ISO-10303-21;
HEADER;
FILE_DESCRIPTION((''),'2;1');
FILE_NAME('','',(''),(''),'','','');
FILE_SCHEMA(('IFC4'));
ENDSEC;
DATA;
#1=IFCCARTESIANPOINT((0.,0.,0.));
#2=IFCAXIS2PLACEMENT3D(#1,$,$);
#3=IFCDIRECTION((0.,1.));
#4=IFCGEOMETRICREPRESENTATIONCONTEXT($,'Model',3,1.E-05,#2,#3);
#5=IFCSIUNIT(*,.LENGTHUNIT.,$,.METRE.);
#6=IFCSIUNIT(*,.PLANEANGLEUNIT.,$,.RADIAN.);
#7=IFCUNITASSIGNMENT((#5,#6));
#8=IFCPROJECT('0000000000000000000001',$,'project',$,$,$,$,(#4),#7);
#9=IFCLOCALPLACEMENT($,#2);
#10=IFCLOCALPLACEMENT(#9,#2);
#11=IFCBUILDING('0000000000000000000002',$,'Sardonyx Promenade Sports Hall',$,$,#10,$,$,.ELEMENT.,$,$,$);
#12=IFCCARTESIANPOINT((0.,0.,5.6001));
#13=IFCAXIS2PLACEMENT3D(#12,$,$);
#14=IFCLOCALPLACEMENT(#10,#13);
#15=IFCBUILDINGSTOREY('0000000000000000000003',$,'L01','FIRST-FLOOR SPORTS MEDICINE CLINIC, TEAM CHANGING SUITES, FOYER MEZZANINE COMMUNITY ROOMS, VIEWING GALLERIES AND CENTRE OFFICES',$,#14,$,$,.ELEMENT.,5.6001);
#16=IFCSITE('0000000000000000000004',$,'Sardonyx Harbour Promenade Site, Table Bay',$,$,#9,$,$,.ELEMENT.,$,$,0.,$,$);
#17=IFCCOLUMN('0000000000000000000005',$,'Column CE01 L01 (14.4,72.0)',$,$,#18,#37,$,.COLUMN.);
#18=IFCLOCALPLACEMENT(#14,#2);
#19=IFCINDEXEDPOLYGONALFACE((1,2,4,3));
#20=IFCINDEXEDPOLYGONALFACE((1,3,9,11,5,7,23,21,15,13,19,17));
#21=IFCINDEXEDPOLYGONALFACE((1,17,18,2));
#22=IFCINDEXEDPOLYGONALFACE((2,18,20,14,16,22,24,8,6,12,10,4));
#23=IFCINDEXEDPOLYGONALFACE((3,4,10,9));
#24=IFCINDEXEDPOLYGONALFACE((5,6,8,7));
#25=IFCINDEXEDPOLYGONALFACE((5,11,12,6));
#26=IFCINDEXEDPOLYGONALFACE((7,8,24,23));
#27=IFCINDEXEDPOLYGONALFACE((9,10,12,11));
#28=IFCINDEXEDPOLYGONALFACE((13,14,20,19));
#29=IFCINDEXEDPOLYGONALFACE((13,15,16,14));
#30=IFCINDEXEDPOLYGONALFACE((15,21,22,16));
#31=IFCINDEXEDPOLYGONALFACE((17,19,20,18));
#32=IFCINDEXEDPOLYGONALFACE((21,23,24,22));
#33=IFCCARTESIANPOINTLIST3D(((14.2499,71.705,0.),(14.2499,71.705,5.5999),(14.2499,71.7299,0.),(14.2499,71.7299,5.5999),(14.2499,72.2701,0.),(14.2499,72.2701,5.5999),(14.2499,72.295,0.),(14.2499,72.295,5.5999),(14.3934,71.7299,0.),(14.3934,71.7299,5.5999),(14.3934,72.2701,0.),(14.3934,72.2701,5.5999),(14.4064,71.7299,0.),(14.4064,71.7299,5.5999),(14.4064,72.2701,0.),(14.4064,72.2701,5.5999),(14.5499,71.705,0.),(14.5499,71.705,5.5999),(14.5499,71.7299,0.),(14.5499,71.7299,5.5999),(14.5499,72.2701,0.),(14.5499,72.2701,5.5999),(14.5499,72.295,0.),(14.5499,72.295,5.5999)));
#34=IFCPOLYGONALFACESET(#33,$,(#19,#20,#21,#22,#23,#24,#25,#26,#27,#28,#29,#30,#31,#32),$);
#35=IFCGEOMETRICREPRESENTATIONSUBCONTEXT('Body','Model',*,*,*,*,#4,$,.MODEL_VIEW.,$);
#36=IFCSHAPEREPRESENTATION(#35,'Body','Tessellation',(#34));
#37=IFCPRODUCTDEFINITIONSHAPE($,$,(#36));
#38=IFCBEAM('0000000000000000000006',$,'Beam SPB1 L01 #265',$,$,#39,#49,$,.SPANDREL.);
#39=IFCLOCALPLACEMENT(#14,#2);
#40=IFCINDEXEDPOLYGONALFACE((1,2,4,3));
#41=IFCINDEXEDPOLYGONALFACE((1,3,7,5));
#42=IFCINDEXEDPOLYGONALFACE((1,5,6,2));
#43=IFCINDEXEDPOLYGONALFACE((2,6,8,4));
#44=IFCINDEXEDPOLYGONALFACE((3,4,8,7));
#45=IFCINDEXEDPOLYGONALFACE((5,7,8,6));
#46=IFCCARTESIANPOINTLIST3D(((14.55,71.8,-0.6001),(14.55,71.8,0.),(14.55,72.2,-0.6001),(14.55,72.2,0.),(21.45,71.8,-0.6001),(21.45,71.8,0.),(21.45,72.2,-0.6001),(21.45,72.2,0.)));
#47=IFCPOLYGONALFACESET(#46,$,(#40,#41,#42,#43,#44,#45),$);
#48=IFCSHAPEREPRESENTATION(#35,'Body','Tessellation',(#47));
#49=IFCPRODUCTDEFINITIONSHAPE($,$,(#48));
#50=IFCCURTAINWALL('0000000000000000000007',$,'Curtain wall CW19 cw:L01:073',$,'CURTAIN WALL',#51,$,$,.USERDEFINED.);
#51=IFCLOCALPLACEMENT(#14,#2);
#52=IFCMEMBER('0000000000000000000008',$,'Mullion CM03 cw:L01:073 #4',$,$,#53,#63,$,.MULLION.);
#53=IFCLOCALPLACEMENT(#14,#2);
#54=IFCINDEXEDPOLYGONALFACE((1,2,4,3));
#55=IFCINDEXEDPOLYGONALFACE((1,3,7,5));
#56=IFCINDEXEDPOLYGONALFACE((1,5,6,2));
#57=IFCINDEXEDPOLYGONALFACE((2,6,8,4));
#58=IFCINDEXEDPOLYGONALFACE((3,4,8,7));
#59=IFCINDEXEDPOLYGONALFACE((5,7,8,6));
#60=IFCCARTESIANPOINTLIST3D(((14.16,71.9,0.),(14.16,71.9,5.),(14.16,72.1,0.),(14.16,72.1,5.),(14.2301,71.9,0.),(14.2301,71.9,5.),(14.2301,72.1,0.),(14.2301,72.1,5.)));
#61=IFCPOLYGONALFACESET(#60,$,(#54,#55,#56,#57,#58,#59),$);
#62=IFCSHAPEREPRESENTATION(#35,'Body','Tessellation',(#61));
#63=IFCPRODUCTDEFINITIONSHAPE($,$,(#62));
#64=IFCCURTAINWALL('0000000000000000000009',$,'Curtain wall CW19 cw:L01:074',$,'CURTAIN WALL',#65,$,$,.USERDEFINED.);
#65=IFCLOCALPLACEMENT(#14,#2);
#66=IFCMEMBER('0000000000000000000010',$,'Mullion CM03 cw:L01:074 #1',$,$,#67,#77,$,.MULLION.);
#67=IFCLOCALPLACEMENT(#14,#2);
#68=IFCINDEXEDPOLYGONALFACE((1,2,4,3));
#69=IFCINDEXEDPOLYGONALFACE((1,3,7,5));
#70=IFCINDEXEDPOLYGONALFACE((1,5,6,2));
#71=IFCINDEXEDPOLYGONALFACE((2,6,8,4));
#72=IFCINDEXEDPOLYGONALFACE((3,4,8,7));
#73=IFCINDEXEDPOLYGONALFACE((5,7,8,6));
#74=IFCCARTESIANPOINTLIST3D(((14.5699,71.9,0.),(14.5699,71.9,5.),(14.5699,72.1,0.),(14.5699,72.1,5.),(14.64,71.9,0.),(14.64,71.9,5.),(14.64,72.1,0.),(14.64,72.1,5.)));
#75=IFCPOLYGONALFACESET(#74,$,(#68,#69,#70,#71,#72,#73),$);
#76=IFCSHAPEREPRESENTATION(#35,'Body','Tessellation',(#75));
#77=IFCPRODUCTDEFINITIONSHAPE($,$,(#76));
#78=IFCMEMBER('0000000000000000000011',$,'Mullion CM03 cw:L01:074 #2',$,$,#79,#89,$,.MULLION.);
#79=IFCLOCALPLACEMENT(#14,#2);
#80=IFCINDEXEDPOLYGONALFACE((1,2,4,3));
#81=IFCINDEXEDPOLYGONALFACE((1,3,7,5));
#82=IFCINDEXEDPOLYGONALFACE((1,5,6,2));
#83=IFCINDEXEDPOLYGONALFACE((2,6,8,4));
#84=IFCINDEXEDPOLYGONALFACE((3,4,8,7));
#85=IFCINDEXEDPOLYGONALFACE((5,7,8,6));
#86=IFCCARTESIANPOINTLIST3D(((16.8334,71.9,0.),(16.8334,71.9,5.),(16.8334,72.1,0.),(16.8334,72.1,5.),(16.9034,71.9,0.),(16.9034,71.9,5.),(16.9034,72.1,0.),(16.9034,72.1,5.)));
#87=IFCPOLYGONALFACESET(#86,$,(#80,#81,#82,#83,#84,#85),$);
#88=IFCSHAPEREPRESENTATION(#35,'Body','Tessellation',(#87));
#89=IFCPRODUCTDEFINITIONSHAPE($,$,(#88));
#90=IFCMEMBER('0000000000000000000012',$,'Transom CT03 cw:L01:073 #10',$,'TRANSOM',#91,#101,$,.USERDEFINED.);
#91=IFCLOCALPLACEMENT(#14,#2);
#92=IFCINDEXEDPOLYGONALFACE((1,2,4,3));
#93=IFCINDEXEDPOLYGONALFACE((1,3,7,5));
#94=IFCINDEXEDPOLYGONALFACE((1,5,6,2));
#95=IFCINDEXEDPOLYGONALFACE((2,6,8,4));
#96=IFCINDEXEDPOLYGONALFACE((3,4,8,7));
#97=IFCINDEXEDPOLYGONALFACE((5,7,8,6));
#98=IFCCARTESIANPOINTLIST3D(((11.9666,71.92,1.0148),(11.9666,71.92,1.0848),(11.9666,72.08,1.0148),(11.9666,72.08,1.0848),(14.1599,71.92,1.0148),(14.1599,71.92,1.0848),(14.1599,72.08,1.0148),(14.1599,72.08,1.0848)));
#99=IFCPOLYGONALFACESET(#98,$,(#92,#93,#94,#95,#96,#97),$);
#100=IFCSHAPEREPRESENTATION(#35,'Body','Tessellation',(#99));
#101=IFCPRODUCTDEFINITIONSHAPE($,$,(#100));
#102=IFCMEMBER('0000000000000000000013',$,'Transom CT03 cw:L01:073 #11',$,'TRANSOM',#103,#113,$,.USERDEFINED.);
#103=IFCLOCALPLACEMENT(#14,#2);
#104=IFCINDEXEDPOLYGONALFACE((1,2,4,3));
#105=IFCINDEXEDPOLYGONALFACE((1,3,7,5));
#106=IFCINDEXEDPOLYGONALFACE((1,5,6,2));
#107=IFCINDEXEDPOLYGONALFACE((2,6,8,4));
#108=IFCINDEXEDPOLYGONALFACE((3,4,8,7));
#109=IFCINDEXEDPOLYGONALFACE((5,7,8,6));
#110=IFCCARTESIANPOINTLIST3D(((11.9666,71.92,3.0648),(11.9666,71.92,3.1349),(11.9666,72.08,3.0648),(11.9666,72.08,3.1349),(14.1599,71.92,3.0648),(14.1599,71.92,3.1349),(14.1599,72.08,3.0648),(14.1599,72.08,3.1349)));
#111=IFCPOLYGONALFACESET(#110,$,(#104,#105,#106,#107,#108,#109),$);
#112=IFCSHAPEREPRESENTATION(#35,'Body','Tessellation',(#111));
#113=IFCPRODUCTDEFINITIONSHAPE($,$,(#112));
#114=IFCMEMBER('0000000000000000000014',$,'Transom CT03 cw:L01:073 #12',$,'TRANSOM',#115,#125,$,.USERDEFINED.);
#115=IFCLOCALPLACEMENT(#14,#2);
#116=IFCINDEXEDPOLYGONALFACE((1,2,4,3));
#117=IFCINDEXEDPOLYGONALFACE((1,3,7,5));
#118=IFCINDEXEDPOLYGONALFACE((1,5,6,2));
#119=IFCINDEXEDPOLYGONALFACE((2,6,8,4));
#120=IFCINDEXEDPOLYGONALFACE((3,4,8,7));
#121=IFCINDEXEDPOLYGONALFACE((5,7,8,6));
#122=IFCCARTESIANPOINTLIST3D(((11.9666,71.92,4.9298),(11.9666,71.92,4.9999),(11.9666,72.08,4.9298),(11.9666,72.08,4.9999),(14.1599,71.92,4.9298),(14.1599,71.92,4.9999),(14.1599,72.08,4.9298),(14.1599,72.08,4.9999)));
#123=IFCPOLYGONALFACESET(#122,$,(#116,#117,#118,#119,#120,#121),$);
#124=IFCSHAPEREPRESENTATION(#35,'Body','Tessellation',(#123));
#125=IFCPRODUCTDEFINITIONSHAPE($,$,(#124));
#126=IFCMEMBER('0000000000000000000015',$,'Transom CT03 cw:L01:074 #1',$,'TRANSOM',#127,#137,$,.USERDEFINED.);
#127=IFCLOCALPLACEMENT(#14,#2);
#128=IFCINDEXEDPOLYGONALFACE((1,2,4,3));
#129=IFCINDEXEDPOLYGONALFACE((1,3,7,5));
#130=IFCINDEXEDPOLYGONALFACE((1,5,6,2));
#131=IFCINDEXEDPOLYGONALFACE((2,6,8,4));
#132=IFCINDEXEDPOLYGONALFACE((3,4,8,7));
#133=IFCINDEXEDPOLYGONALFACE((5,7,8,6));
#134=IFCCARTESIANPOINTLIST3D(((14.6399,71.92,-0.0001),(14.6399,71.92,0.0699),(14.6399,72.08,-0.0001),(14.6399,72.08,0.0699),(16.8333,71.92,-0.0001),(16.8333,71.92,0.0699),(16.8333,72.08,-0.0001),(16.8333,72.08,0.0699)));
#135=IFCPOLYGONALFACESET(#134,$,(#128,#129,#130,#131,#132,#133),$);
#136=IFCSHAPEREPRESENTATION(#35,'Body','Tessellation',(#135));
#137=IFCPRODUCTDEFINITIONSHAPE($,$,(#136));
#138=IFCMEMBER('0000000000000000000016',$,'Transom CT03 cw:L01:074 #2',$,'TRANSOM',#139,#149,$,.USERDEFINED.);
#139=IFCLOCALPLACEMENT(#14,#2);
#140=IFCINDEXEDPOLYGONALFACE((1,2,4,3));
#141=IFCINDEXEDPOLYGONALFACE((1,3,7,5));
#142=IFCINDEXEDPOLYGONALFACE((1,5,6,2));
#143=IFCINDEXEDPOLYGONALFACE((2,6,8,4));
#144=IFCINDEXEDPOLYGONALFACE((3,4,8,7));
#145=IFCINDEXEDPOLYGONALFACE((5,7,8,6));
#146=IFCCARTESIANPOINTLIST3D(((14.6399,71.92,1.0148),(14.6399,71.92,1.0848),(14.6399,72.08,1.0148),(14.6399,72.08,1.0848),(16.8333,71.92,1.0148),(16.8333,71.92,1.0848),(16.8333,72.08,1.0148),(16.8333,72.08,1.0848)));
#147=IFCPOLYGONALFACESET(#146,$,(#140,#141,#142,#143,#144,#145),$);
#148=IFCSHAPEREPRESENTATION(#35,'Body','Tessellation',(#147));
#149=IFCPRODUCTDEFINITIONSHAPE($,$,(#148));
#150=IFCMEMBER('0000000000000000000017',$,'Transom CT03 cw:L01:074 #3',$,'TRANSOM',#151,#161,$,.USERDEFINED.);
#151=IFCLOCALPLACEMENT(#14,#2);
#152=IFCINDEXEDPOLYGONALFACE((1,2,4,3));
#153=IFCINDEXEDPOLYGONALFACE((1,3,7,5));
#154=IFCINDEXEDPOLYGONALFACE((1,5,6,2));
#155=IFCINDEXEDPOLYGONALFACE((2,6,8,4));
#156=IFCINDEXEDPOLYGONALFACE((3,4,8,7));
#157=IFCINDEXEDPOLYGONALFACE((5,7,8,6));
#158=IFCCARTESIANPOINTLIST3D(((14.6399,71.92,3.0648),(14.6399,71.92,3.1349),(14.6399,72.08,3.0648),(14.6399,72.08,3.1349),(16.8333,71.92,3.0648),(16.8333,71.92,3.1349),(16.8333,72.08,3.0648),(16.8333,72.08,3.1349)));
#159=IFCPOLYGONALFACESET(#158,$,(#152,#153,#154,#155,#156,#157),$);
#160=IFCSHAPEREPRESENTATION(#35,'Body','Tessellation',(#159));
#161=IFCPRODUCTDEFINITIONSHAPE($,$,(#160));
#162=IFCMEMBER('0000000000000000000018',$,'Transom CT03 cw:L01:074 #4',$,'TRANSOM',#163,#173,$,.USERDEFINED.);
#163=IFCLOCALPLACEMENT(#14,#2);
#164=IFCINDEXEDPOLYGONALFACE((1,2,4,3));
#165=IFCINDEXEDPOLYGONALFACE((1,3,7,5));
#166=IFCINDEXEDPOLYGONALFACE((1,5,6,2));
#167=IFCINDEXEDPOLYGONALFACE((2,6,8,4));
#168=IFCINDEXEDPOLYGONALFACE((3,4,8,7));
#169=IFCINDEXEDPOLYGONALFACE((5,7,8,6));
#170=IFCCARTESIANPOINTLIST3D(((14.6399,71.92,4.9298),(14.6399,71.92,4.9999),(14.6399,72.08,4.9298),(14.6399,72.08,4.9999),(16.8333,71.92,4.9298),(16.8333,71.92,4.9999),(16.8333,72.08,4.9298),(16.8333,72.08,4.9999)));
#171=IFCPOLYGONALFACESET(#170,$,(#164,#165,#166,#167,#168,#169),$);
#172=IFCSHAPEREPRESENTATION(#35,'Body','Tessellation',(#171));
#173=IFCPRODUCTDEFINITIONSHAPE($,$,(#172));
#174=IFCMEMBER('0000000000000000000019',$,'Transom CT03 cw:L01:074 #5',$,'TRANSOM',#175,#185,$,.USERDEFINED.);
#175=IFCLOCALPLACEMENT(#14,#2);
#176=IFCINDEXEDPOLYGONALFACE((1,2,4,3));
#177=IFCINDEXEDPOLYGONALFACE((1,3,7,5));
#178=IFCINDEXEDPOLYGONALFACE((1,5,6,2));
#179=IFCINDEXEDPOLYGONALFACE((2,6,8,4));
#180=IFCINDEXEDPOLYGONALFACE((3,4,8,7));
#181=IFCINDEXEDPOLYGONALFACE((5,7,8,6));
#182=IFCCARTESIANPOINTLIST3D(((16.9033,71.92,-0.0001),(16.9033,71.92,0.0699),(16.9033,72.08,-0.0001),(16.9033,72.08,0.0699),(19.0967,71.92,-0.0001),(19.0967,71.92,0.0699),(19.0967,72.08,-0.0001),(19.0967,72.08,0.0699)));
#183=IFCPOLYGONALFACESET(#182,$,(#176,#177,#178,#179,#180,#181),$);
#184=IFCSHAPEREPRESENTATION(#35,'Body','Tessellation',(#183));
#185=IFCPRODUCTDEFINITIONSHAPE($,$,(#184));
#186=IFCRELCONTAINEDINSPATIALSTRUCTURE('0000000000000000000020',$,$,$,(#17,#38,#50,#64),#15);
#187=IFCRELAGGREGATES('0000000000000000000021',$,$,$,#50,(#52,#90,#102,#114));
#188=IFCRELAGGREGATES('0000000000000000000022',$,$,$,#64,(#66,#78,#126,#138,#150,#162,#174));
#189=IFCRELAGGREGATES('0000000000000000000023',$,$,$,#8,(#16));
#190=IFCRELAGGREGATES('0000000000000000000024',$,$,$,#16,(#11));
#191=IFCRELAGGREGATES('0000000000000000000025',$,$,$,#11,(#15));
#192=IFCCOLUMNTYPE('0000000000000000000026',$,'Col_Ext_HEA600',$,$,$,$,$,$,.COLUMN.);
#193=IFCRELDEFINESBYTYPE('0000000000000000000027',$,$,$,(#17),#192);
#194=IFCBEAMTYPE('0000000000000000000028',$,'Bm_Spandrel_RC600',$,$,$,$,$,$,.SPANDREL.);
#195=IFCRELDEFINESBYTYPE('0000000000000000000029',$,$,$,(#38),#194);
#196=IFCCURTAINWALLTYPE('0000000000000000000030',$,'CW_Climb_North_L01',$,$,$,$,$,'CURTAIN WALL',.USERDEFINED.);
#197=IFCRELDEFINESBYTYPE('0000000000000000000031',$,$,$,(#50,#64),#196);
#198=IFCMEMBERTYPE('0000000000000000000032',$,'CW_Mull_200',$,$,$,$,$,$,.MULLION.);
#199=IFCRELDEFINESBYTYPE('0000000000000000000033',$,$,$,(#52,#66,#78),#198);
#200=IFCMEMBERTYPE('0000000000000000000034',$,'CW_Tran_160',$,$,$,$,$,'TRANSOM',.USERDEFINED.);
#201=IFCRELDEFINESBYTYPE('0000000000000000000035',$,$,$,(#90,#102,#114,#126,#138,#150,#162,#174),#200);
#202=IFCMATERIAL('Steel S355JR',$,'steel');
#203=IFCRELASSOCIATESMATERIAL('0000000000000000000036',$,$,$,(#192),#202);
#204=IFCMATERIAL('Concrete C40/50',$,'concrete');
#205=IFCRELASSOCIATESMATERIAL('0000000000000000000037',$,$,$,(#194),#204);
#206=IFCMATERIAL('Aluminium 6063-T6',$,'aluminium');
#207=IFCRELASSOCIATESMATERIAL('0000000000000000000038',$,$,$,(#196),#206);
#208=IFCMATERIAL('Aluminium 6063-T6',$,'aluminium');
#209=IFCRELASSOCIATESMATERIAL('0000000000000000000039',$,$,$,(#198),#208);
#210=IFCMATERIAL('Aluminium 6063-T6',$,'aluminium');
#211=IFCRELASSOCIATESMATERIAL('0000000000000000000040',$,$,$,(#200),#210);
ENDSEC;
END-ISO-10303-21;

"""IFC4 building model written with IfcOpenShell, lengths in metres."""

from ifc_helpers import new_model, si_unit, direction, frame, origin, origin_2d, place, context, subcontext, project, spatial, rectangle, i_section, extrude, material, material_profile, profile_set, type_object, element, aggregate, save


model = new_model("IFC4")

# Units and contexts
model_context = context("Model", 3, precision=1e-05, world=origin(), true_north=direction((0.0, 1.0)))
body_context = subcontext(model_context, "Body", "Model", "MODEL_VIEW")
ifc_project = project(units=[si_unit("LENGTHUNIT", "METRE"), si_unit("PLANEANGLEUNIT", "RADIAN")], contexts=[model_context])

# Site, building, storey
site_placement = place(None, origin())
site = spatial("IfcSite", under=ifc_project, at=site_placement, Name="Sardonyx Harbour Promenade Site, Table Bay", CompositionType="ELEMENT", RefElevation=0.0)
building_placement = place(site_placement, origin())
building = spatial("IfcBuilding", under=site, at=building_placement, Name="Sardonyx Promenade Sports Hall", CompositionType="ELEMENT")
storey_placement = place(building_placement, frame((0.0, 0.0, 5.6001)))
storey = spatial("IfcBuildingStorey", under=building, at=storey_placement, Name="L01", Description="FIRST-FLOOR SPORTS MEDICINE CLINIC, TEAM CHANGING SUITES, FOYER MEZZANINE COMMUNITY ROOMS, VIEWING GALLERIES AND CENTRE OFFICES", CompositionType="ELEMENT", Elevation=5.6001)

# Column
ifc_material_1 = material(Name="Steel S355JR", Category="steel")
ifc_material_profile_1 = material_profile(ifc_material_1, i_section(OverallWidth=0.3, OverallDepth=0.5901, WebThickness=0.0129, FlangeThickness=0.0249, at=origin_2d()))
ifc_profile_set_1 = profile_set([ifc_material_profile_1], Name="Steel S355JR")
column_type = type_object("IfcColumnType", Name="Col_Ext_HEA600", PredefinedType="COLUMN", material=ifc_profile_set_1)
column_placement = place(storey_placement, frame((14.3999, 72.0, 0.0), z_axis=(0.0, 0.0, 1.0), x_axis=(1.0, 0.0, 0.0)))
element("IfcColumn", 1, at=column_placement, inside=storey, type_object=column_type, Name="Column CE01 L01 (14.4,72.0)", PredefinedType="COLUMN", context=body_context, shape_type="SweptSolid", body=[
    extrude(i_section(OverallWidth=0.3, OverallDepth=0.5901, WebThickness=0.0129, FlangeThickness=0.0249, at=origin_2d()), origin(), (0.0, 0.0, 1.0), 5.5999),
])

# Beam
ifc_material_2 = material(Name="Concrete C40/50", Category="concrete")
ifc_material_profile_2 = material_profile(ifc_material_2, rectangle(XDim=0.3999, YDim=0.6001, at=origin_2d()))
ifc_profile_set_2 = profile_set([ifc_material_profile_2], Name="Concrete C40/50")
beam_type = type_object("IfcBeamType", Name="Bm_Spandrel_RC600", PredefinedType="SPANDREL", material=ifc_profile_set_2)
beam_placement = place(storey_placement, frame((14.55, 72.0, -0.3), z_axis=(1.0, 0.0, 0.0), x_axis=(0.0, 1.0, 0.0)))
element("IfcBeam", 2, at=beam_placement, inside=storey, type_object=beam_type, Name="Beam SPB1 L01 #265", PredefinedType="SPANDREL", context=body_context, shape_type="SweptSolid", body=[
    extrude(rectangle(XDim=0.3999, YDim=0.6001, at=origin_2d()), origin(), (0.0, 0.0, 1.0), 6.8999),
])

# Curtain wall, member
ifc_material_3 = material(Name="Aluminium 6063-T6", Category="aluminium")
curtain_wall_type = type_object("IfcCurtainWallType", Name="CW_Climb_North_L01", ElementType="CURTAIN WALL", PredefinedType="USERDEFINED", material=ifc_material_3)
curtain_wall_1_placement = place(storey_placement, origin())
curtain_wall_1 = element("IfcCurtainWall", 3, at=curtain_wall_1_placement, inside=storey, type_object=curtain_wall_type, Name="Curtain wall CW19 cw:L01:073", ObjectType="CURTAIN WALL", PredefinedType="USERDEFINED")
ifc_material_4 = material(Name="Aluminium 6063-T6", Category="aluminium")
ifc_material_profile_3 = material_profile(ifc_material_4, rectangle(XDim=0.0701, YDim=0.2, at=origin_2d()))
ifc_profile_set_3 = profile_set([ifc_material_profile_3], Name="Aluminium 6063-T6")
member_type_1 = type_object("IfcMemberType", Name="CW_Mull_200", PredefinedType="MULLION", material=ifc_profile_set_3)
member_1_placement = place(storey_placement, frame((14.1951, 72.0, 0.0), z_axis=(0.0, 0.0, 1.0), x_axis=(1.0, 0.0, 0.0)))
member_1 = element("IfcMember", 4, at=member_1_placement, type_object=member_type_1, Name="Mullion CM03 cw:L01:073 #4", PredefinedType="MULLION", context=body_context, shape_type="SweptSolid", body=[
    extrude(rectangle(XDim=0.0701, YDim=0.2, at=origin_2d()), origin(), (0.0, 0.0, 1.0), 5.0),
])

# Curtain wall, members
curtain_wall_2_placement = place(storey_placement, origin())
curtain_wall_2 = element("IfcCurtainWall", 5, at=curtain_wall_2_placement, inside=storey, type_object=curtain_wall_type, Name="Curtain wall CW19 cw:L01:074", ObjectType="CURTAIN WALL", PredefinedType="USERDEFINED")
member_2_placement = place(storey_placement, frame((14.605, 72.0, 0.0), z_axis=(0.0, 0.0, 1.0), x_axis=(1.0, 0.0, 0.0)))
member_2 = element("IfcMember", 6, at=member_2_placement, type_object=member_type_1, Name="Mullion CM03 cw:L01:074 #1", PredefinedType="MULLION", context=body_context, shape_type="SweptSolid", body=[
    extrude(rectangle(XDim=0.0701, YDim=0.2, at=origin_2d()), origin(), (0.0, 0.0, 1.0), 5.0),
])
member_3_placement = place(storey_placement, frame((16.8684, 72.0, 0.0), z_axis=(0.0, 0.0, 1.0), x_axis=(1.0, 0.0, 0.0)))
member_3 = element("IfcMember", 7, at=member_3_placement, type_object=member_type_1, Name="Mullion CM03 cw:L01:074 #2", PredefinedType="MULLION", context=body_context, shape_type="SweptSolid", body=[
    extrude(rectangle(XDim=0.0701, YDim=0.2, at=origin_2d()), origin(), (0.0, 0.0, 1.0), 5.0),
])

# Members
ifc_material_5 = material(Name="Aluminium 6063-T6", Category="aluminium")
ifc_material_profile_4 = material_profile(ifc_material_5, rectangle(XDim=0.0701, YDim=0.1599, at=origin_2d()))
ifc_profile_set_4 = profile_set([ifc_material_profile_4], Name="Aluminium 6063-T6")
member_type_2 = type_object("IfcMemberType", Name="CW_Tran_160", ElementType="TRANSOM", PredefinedType="USERDEFINED", material=ifc_profile_set_4)
member_4_placement = place(storey_placement, frame((11.9666, 72.0, 1.0498), z_axis=(1.0, 0.0, 0.0), x_axis=(0.0, 0.0, 1.0)))
member_4 = element("IfcMember", 8, at=member_4_placement, type_object=member_type_2, Name="Transom CT03 cw:L01:073 #10", ObjectType="TRANSOM", PredefinedType="USERDEFINED", context=body_context, shape_type="SweptSolid", body=[
    extrude(rectangle(XDim=0.0701, YDim=0.1599, at=origin_2d()), origin(), (0.0, 0.0, 1.0), 2.1934),
])
member_5_placement = place(storey_placement, frame((11.9666, 72.0, 3.0999), z_axis=(1.0, 0.0, 0.0), x_axis=(0.0, 0.0, 1.0)))
member_5 = element("IfcMember", 9, at=member_5_placement, type_object=member_type_2, Name="Transom CT03 cw:L01:073 #11", ObjectType="TRANSOM", PredefinedType="USERDEFINED", context=body_context, shape_type="SweptSolid", body=[
    extrude(rectangle(XDim=0.0701, YDim=0.1599, at=origin_2d()), origin(), (0.0, 0.0, 1.0), 2.1934),
])
member_6_placement = place(storey_placement, frame((11.9666, 72.0, 4.9648), z_axis=(1.0, 0.0, 0.0), x_axis=(0.0, 0.0, 1.0)))
member_6 = element("IfcMember", 10, at=member_6_placement, type_object=member_type_2, Name="Transom CT03 cw:L01:073 #12", ObjectType="TRANSOM", PredefinedType="USERDEFINED", context=body_context, shape_type="SweptSolid", body=[
    extrude(rectangle(XDim=0.0701, YDim=0.1599, at=origin_2d()), origin(), (0.0, 0.0, 1.0), 2.1934),
])
member_7_placement = place(storey_placement, frame((14.6399, 72.0, 0.0349), z_axis=(1.0, 0.0, 0.0), x_axis=(0.0, 0.0, 1.0)))
member_7 = element("IfcMember", 11, at=member_7_placement, type_object=member_type_2, Name="Transom CT03 cw:L01:074 #1", ObjectType="TRANSOM", PredefinedType="USERDEFINED", context=body_context, shape_type="SweptSolid", body=[
    extrude(rectangle(XDim=0.0701, YDim=0.1599, at=origin_2d()), origin(), (0.0, 0.0, 1.0), 2.1934),
])
member_8_placement = place(storey_placement, frame((14.6399, 72.0, 1.0498), z_axis=(1.0, 0.0, 0.0), x_axis=(0.0, 0.0, 1.0)))
member_8 = element("IfcMember", 12, at=member_8_placement, type_object=member_type_2, Name="Transom CT03 cw:L01:074 #2", ObjectType="TRANSOM", PredefinedType="USERDEFINED", context=body_context, shape_type="SweptSolid", body=[
    extrude(rectangle(XDim=0.0701, YDim=0.1599, at=origin_2d()), origin(), (0.0, 0.0, 1.0), 2.1934),
])
member_9_placement = place(storey_placement, frame((14.6399, 72.0, 3.0999), z_axis=(1.0, 0.0, 0.0), x_axis=(0.0, 0.0, 1.0)))
member_9 = element("IfcMember", 13, at=member_9_placement, type_object=member_type_2, Name="Transom CT03 cw:L01:074 #3", ObjectType="TRANSOM", PredefinedType="USERDEFINED", context=body_context, shape_type="SweptSolid", body=[
    extrude(rectangle(XDim=0.0701, YDim=0.1599, at=origin_2d()), origin(), (0.0, 0.0, 1.0), 2.1934),
])
member_10_placement = place(storey_placement, frame((14.6399, 72.0, 4.9648), z_axis=(1.0, 0.0, 0.0), x_axis=(0.0, 0.0, 1.0)))
member_10 = element("IfcMember", 14, at=member_10_placement, type_object=member_type_2, Name="Transom CT03 cw:L01:074 #4", ObjectType="TRANSOM", PredefinedType="USERDEFINED", context=body_context, shape_type="SweptSolid", body=[
    extrude(rectangle(XDim=0.0701, YDim=0.1599, at=origin_2d()), origin(), (0.0, 0.0, 1.0), 2.1934),
])
member_11_placement = place(storey_placement, frame((16.9033, 72.0, 0.0349), z_axis=(1.0, 0.0, 0.0), x_axis=(0.0, 0.0, 1.0)))
member_11 = element("IfcMember", 15, at=member_11_placement, type_object=member_type_2, Name="Transom CT03 cw:L01:074 #5", ObjectType="TRANSOM", PredefinedType="USERDEFINED", context=body_context, shape_type="SweptSolid", body=[
    extrude(rectangle(XDim=0.0701, YDim=0.1599, at=origin_2d()), origin(), (0.0, 0.0, 1.0), 2.1934),
])

aggregate(curtain_wall_1, [member_1, member_4, member_5, member_6])
aggregate(curtain_wall_2, [member_2, member_3, member_7, member_8, member_9, member_10, member_11])

save(model, "model.ifc")
